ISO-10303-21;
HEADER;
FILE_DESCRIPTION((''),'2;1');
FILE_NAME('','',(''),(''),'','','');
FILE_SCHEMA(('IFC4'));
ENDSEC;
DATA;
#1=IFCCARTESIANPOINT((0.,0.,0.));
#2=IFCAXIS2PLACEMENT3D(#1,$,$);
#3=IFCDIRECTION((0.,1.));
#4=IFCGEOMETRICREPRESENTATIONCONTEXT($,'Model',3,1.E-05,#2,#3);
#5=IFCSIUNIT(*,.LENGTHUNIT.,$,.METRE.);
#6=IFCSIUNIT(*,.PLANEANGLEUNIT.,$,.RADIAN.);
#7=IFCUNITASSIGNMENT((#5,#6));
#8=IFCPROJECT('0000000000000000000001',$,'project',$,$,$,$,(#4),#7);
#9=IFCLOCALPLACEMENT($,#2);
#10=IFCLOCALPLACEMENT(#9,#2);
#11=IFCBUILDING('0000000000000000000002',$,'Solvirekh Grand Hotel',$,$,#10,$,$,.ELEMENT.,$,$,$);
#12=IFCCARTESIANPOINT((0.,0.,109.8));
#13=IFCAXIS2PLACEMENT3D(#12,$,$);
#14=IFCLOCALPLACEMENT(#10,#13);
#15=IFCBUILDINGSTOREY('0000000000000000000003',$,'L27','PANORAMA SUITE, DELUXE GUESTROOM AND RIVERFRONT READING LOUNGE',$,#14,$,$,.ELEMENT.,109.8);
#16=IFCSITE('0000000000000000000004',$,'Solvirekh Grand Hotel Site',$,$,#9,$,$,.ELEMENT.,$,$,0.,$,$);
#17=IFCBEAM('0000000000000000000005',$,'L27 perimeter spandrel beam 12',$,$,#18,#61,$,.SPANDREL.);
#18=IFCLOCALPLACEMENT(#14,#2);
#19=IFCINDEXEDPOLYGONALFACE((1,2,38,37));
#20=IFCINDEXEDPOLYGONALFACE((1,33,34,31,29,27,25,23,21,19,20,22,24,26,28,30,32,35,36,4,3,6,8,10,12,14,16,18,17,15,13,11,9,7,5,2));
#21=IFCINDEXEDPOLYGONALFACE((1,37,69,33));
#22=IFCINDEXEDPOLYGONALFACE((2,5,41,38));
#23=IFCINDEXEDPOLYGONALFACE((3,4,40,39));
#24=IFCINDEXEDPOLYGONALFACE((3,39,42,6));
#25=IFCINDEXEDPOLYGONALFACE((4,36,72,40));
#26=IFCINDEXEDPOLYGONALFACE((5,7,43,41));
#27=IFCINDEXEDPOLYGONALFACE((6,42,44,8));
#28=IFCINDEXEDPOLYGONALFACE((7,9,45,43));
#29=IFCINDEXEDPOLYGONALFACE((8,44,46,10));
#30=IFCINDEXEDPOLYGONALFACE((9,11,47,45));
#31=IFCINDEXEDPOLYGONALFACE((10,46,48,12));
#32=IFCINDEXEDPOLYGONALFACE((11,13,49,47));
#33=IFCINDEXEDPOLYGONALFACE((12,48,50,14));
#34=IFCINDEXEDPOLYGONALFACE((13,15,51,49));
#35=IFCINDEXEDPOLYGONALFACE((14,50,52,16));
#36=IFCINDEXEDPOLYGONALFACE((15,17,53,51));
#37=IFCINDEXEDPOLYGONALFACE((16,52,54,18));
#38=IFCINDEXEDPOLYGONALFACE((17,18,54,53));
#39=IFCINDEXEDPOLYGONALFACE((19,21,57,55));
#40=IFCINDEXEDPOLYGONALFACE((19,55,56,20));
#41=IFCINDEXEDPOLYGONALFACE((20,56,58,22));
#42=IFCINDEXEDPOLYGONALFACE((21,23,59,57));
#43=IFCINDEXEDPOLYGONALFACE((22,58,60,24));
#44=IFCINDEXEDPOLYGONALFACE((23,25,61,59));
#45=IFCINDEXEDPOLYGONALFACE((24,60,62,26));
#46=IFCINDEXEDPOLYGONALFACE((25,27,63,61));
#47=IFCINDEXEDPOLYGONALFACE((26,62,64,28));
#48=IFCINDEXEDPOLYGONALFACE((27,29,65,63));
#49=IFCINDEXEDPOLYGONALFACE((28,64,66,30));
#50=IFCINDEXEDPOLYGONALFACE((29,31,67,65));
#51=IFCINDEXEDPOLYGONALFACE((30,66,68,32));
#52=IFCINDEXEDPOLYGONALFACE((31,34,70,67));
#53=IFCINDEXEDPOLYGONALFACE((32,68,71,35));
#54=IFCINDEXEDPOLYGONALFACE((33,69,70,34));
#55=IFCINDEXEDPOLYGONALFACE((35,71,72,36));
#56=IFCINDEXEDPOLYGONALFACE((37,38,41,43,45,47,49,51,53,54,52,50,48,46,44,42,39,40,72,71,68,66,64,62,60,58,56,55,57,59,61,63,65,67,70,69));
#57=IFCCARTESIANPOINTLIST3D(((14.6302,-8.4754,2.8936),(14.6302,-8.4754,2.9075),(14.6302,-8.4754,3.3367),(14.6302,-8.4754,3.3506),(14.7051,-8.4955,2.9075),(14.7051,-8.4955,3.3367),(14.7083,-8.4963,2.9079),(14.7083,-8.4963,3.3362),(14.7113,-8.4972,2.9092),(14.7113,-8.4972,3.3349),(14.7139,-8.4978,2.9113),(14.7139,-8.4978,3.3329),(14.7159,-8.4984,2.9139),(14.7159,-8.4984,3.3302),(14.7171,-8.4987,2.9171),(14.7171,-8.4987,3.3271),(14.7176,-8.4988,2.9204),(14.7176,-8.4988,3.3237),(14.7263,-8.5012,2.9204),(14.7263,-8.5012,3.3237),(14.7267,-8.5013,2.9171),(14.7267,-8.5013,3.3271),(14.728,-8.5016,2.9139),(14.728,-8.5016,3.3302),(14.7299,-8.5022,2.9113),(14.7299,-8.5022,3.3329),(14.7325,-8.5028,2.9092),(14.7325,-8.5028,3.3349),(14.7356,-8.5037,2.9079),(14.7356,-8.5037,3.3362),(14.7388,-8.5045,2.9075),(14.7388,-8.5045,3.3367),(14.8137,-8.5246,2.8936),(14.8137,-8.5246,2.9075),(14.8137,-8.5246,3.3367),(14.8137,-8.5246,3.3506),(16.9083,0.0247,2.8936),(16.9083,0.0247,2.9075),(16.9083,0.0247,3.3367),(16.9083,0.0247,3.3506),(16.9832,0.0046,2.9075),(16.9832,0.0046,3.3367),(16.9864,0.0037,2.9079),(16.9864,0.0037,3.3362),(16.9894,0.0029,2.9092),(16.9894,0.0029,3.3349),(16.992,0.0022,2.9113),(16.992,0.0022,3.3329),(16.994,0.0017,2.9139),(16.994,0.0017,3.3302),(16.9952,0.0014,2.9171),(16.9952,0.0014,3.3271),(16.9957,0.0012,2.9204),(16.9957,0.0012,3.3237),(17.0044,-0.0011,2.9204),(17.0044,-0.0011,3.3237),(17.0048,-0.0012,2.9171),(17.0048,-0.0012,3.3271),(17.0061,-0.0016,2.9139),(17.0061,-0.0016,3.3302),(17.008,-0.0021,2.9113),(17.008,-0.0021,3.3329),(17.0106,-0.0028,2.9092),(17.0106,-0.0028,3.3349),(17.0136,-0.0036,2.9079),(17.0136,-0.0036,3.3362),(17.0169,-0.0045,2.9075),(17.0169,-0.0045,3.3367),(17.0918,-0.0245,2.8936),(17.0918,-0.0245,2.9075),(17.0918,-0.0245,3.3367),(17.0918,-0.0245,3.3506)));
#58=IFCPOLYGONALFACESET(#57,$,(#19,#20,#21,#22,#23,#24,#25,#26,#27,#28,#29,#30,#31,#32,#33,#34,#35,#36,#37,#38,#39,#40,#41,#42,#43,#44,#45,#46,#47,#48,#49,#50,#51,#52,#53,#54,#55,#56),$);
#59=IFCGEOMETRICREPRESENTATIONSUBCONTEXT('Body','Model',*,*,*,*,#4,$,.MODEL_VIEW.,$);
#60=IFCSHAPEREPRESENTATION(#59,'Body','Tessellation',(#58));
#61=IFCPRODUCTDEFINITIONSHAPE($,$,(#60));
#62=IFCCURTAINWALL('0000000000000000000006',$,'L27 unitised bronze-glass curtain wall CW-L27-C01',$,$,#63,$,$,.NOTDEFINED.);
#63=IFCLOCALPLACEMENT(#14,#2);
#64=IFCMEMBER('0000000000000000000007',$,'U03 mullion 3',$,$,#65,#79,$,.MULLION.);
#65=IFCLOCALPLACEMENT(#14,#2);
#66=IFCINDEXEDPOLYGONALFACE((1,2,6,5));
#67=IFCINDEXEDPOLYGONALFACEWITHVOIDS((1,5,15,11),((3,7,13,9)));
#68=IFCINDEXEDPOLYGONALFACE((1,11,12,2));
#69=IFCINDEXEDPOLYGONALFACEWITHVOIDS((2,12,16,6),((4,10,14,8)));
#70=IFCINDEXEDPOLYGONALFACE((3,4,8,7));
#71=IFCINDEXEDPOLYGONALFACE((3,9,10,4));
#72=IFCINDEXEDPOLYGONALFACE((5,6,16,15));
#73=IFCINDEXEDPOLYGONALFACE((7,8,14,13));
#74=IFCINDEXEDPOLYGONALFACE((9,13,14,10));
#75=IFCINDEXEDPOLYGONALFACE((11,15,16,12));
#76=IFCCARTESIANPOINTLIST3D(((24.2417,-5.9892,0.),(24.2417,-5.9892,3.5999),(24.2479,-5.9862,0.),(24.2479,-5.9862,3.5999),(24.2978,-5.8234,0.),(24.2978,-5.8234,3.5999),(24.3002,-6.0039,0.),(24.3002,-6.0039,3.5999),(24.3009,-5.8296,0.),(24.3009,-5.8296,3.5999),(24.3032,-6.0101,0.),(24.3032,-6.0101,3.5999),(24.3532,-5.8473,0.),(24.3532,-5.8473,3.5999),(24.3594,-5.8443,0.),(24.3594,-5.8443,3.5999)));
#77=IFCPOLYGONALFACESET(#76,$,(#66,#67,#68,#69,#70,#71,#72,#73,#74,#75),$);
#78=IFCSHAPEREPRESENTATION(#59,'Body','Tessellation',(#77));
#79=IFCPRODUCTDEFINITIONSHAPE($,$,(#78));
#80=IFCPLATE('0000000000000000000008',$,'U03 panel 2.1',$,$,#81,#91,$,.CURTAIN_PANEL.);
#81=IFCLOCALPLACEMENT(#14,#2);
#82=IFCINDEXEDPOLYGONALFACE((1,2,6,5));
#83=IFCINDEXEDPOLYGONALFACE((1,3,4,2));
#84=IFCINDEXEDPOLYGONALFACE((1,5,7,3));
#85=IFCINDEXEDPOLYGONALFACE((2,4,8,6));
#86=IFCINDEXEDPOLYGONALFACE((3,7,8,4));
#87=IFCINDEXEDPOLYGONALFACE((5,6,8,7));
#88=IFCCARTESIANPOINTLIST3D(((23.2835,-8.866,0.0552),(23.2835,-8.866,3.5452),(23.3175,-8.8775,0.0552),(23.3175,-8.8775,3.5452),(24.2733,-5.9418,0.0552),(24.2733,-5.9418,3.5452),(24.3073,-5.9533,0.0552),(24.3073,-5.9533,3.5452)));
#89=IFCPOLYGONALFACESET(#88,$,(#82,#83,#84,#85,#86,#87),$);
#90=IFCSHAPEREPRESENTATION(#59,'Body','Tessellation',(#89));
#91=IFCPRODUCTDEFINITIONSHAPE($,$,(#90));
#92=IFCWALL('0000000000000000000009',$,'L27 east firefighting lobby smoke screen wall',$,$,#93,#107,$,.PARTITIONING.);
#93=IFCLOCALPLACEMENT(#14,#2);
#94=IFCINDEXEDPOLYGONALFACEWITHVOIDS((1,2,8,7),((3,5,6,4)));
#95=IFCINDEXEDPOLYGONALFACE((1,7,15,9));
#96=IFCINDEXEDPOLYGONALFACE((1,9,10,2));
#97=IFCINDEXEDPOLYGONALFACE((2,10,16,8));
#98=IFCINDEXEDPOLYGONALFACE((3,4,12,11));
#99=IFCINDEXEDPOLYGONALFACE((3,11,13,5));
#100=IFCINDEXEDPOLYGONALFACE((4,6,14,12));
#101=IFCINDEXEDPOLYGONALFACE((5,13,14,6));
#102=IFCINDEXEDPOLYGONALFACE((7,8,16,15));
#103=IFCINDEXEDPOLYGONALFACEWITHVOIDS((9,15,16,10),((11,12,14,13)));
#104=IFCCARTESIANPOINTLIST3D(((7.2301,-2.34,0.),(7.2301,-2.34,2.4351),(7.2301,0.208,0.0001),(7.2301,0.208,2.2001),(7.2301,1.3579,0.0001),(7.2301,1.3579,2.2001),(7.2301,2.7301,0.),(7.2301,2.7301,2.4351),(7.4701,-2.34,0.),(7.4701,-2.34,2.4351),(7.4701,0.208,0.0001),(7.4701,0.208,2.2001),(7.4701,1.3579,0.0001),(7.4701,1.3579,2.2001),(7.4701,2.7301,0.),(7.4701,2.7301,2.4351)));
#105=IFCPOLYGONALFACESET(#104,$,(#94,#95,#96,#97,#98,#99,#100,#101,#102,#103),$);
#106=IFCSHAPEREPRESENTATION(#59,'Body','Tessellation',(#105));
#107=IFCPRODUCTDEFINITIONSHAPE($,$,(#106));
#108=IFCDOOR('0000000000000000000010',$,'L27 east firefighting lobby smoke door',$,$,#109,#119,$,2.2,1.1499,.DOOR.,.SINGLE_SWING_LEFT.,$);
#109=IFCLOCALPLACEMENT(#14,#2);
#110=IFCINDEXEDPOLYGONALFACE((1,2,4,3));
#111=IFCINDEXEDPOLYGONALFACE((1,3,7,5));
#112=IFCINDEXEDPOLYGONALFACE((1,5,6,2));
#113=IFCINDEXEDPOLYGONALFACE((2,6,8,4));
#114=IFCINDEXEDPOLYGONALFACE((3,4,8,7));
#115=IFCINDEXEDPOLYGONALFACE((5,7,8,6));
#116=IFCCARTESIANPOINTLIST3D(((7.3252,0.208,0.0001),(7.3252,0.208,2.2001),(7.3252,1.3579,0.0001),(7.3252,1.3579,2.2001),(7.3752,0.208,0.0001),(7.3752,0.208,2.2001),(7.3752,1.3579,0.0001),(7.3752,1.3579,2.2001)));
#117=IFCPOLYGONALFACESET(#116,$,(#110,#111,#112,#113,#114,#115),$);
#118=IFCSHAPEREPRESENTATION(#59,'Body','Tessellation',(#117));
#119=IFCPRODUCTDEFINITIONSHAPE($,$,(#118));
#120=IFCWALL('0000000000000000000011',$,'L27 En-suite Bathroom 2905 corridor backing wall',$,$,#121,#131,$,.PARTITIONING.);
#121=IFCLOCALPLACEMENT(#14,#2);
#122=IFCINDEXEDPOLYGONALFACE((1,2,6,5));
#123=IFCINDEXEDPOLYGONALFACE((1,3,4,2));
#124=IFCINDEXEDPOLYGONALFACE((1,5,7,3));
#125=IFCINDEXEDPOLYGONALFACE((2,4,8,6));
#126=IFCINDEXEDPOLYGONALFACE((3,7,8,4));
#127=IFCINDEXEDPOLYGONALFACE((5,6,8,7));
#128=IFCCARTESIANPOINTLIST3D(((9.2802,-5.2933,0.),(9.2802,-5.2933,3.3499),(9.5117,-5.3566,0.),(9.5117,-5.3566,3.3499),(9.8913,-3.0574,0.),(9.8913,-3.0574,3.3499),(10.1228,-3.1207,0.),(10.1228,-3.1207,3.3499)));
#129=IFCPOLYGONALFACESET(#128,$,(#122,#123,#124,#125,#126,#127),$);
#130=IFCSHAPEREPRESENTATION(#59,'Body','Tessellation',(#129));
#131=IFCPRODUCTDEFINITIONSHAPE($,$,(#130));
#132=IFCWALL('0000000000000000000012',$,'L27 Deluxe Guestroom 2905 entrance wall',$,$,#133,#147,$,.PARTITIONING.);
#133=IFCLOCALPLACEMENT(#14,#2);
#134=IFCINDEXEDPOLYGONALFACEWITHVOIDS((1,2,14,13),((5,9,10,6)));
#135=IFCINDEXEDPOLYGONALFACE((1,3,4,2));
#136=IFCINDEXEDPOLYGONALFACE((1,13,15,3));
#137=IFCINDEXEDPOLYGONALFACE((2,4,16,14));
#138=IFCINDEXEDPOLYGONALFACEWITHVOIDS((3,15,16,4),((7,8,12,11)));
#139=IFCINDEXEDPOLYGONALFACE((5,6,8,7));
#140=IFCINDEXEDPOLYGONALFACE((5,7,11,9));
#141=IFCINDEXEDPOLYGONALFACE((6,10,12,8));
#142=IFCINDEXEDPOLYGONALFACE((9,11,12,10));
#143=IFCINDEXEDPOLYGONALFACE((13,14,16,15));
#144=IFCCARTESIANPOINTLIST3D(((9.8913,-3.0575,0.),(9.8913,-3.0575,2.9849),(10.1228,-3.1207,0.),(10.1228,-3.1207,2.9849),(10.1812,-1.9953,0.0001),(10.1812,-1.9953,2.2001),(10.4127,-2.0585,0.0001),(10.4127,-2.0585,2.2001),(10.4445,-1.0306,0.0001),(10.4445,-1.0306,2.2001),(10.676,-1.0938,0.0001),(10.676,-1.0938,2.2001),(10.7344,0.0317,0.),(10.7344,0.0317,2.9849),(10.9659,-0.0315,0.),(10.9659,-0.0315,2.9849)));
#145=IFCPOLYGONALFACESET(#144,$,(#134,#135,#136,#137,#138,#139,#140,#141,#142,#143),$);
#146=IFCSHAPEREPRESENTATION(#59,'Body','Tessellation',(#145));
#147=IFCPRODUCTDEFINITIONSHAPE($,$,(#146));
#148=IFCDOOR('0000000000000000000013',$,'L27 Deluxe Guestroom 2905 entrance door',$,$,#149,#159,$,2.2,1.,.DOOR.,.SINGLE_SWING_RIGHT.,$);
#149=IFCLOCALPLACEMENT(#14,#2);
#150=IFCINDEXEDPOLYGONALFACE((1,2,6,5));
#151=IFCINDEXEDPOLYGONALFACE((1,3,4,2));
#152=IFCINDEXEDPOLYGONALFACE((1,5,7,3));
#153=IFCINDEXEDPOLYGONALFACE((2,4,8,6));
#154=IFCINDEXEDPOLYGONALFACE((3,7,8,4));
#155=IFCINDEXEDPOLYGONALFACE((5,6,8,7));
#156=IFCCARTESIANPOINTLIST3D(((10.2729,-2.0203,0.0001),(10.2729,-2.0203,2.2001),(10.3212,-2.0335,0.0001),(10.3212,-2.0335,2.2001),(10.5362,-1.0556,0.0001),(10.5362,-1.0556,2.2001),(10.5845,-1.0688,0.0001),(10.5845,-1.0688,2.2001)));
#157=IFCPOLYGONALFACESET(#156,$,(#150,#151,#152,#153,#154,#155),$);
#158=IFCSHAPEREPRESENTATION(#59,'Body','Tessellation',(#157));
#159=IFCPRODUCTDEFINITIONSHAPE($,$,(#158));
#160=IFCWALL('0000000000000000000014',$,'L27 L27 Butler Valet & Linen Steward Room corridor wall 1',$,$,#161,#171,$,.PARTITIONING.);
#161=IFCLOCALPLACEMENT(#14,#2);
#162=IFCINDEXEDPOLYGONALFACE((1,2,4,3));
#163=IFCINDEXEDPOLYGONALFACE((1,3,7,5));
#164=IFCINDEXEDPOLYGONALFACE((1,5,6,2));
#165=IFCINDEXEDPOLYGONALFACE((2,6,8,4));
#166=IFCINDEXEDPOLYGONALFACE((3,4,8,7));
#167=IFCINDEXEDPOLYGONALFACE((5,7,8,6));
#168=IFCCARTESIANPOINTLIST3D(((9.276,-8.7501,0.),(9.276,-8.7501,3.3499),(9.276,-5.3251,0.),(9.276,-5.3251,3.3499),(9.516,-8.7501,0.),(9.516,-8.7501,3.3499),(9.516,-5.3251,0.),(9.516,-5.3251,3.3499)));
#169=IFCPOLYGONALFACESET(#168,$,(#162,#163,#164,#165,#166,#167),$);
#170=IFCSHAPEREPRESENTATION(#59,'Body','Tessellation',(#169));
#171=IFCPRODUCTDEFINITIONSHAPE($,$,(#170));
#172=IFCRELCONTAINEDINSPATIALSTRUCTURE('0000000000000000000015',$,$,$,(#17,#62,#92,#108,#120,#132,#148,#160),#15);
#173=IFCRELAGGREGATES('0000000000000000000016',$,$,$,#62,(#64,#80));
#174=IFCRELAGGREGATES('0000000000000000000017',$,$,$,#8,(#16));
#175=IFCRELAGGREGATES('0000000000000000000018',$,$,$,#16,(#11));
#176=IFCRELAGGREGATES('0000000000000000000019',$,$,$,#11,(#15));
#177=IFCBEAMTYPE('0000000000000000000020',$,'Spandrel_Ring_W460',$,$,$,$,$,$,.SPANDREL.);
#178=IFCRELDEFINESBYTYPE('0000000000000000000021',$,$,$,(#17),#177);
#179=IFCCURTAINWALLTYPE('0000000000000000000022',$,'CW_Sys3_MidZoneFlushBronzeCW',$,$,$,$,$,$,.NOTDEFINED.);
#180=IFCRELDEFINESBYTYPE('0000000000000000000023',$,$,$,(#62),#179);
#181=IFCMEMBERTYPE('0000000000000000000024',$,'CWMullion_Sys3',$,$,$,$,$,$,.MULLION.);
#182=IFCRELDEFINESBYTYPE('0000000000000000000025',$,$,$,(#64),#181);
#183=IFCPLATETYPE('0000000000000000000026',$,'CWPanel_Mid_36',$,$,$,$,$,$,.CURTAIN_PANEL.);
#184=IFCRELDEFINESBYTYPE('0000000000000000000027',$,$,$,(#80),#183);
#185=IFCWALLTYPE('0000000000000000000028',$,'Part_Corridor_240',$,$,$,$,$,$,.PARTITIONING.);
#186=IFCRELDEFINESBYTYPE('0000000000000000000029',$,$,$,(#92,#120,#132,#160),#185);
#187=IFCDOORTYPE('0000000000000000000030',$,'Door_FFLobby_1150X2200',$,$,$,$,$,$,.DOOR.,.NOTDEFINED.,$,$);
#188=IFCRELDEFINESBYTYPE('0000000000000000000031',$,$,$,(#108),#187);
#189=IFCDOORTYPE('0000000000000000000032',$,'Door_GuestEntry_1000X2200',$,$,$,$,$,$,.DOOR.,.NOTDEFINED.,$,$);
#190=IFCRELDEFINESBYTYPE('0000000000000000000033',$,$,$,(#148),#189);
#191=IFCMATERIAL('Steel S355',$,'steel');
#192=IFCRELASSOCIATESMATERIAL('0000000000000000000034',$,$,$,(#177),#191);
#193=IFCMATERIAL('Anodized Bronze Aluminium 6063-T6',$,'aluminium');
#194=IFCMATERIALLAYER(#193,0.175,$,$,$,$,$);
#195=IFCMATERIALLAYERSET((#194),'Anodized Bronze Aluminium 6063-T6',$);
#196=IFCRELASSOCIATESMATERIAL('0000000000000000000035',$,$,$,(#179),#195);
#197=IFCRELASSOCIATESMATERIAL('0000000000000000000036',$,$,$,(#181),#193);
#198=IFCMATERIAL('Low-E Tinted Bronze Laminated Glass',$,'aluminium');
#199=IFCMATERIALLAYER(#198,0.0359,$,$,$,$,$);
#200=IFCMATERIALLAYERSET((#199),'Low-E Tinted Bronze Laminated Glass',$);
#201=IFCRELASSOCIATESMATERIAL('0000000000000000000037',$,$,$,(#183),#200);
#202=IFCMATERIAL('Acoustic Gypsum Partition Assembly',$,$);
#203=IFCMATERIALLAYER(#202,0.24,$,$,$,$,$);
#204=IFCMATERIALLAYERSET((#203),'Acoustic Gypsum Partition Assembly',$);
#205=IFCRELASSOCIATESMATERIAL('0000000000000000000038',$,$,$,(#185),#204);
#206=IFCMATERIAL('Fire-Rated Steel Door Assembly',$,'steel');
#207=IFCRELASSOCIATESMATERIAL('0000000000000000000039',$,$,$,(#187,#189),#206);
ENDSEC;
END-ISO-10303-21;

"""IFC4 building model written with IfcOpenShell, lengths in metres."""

from ifc_helpers import new_model, si_unit, direction, frame, frame_2d, origin, origin_2d, place, context, subcontext, project, spatial, rectangle, hollow_rectangle, i_section, extrude, source, transform, mapped, material, layer, layer_set, material_profile, profile_set, type_object, element, fill, aggregate, save


model = new_model("IFC4")

# Units and contexts
model_context = context("Model", 3, precision=1e-05, world=origin(), true_north=direction((0.0, 1.0)))
body_context = subcontext(model_context, "Body", "Model", "MODEL_VIEW")
ifc_project = project(units=[si_unit("LENGTHUNIT", "METRE"), si_unit("PLANEANGLEUNIT", "RADIAN")], contexts=[model_context])

# Site, building, storey
site_placement = place(None, origin())
site = spatial("IfcSite", under=ifc_project, at=site_placement, Name="Solvirekh Grand Hotel Site", CompositionType="ELEMENT", RefElevation=0.0)
building_placement = place(site_placement, origin())
building = spatial("IfcBuilding", under=site, at=building_placement, Name="Solvirekh Grand Hotel", CompositionType="ELEMENT")
storey_placement = place(building_placement, frame((0.0, 0.0, 109.8)))
storey = spatial("IfcBuildingStorey", under=building, at=storey_placement, Name="L27", Description="PANORAMA SUITE, DELUXE GUESTROOM AND RIVERFRONT READING LOUNGE", CompositionType="ELEMENT", Elevation=109.8)

# Beam
ifc_material_1 = material(Name="Steel S355", Category="steel")
ifc_material_profile_1 = material_profile(ifc_material_1, i_section(OverallWidth=0.1899, OverallDepth=0.457, WebThickness=0.009, FlangeThickness=0.0139, FilletRadius=0.0129, at=origin_2d()), Name="W460X74")
ifc_profile_set_1 = profile_set([ifc_material_profile_1], Name="Steel S355")
beam_type_1 = type_object("IfcBeamType", Name="Spandrel_Ring_W460", PredefinedType="SPANDREL", material=ifc_profile_set_1)
beam_1_placement = place(storey_placement, frame((14.7219, -8.5, 3.1221), z_axis=(0.258873, 0.965911, 0.0), x_axis=(-0.965911, 0.258873, 0.0)))
element("IfcBeam", 1, at=beam_1_placement, inside=storey, type_object=beam_type_1, Name="L27 perimeter spandrel beam 12", PredefinedType="SPANDREL", context=body_context, shape_type="SweptSolid", body=[
    extrude(i_section(OverallWidth=0.1899, OverallDepth=0.457, WebThickness=0.009, FlangeThickness=0.0139, FilletRadius=0.0129, at=origin_2d()), origin(), (0.0, 0.0, 1.0), 8.8),
])

# Curtain wall, member, plate
ifc_material_2 = material(Name="Anodized Bronze Aluminium 6063-T6", Category="aluminium")
ifc_layer_1 = layer(ifc_material_2, 0.175)
ifc_layer_set_1 = layer_set([ifc_layer_1], Name="Anodized Bronze Aluminium 6063-T6")
curtain_wall_type = type_object("IfcCurtainWallType", Name="CW_Sys3_MidZoneFlushBronzeCW", PredefinedType="NOTDEFINED", material=ifc_layer_set_1)
curtain_wall_placement = place(storey_placement, origin())
curtain_wall = element("IfcCurtainWall", 2, at=curtain_wall_placement, inside=storey, type_object=curtain_wall_type, Name="L27 unitised bronze-glass curtain wall CW-L27-C01", PredefinedType="NOTDEFINED")
ifc_material_profile_2 = material_profile(ifc_material_2, hollow_rectangle(XDim=0.0649, YDim=0.175, WallThickness=0.0049, at=origin_2d()), Name="ALU RHS 175X65X5")
ifc_profile_set_2 = profile_set([ifc_material_profile_2], Name="Anodized Bronze Aluminium 6063-T6")
member_type = type_object("IfcMemberType", Name="CWMullion_Sys3", PredefinedType="MULLION", material=ifc_profile_set_2)
shared_shape_1 = source(origin(), body_context, "Body", "SweptSolid", [
    extrude(hollow_rectangle(XDim=0.0649, YDim=0.175, WallThickness=0.0049, at=origin_2d()), origin(), (0.0, 0.0, 1.0), 3.5999),
])
member_placement = place(storey_placement, frame((24.3005, -5.9167, 0.0), z_axis=(0.0, 0.0, 1.0), x_axis=(-0.947213, 0.320605, 0.0)))
member = element("IfcMember", 3, at=member_placement, type_object=member_type, Name="U03 mullion 3", PredefinedType="MULLION", context=body_context, shape_type="MappedRepresentation", body=[
    mapped(shared_shape_1, transform((0.0, 0.0, 0.0), x_axis=(1.0, 0.0, 0.0), y_axis=(0.0, 1.0, 0.0), z_axis=(0.0, 0.0, 1.0), scale=1.0)),
])
ifc_material_3 = material(Name="Low-E Tinted Bronze Laminated Glass", Category="aluminium")
ifc_layer_2 = layer(ifc_material_3, 0.0359)
ifc_layer_set_2 = layer_set([ifc_layer_2], Name="Low-E Tinted Bronze Laminated Glass")
plate_type = type_object("IfcPlateType", Name="CWPanel_Mid_36", PredefinedType="CURTAIN_PANEL", material=ifc_layer_set_2)
shared_shape_2 = source(origin(), body_context, "Body", "SweptSolid", [
    extrude(rectangle(XDim=3.0872, YDim=0.0359, at=origin_2d()), origin(), (0.0, 0.0, 1.0), 3.49),
])
plate_placement = place(storey_placement, frame((23.7954, -7.4097, 0.0552), z_axis=(0.0, 0.0, 1.0), x_axis=(0.320605, 0.947213, 0.0)))
plate = element("IfcPlate", 4, at=plate_placement, type_object=plate_type, Name="U03 panel 2.1", PredefinedType="CURTAIN_PANEL", context=body_context, shape_type="MappedRepresentation", body=[
    mapped(shared_shape_2, transform((0.0, 0.0, 0.0), x_axis=(1.0, 0.0, 0.0), y_axis=(0.0, 1.0, 0.0), z_axis=(0.0, 0.0, 1.0), scale=1.0)),
])
aggregate(curtain_wall, [member, plate])

# Wall, opening, door
ifc_material_4 = material(Name="Acoustic Gypsum Partition Assembly")
ifc_layer_3 = layer(ifc_material_4, 0.24)
ifc_layer_set_3 = layer_set([ifc_layer_3], Name="Acoustic Gypsum Partition Assembly")
wall_type_1 = type_object("IfcWallType", Name="Part_Corridor_240", PredefinedType="PARTITIONING", material=ifc_layer_set_3)
wall_1_placement = place(storey_placement, frame((7.3501, -2.3401, 0.0), z_axis=(0.0, 0.0, 1.0), x_axis=(0.0, 1.0, 0.0)))
wall_1 = element("IfcWall", 5, at=wall_1_placement, inside=storey, type_object=wall_type_1, Name="L27 east firefighting lobby smoke screen wall", PredefinedType="PARTITIONING", context=body_context, shape_type="SweptSolid", body=[
    extrude(rectangle(XDim=5.0701, YDim=0.24, at=frame_2d((2.5352, 0.0))), origin(), (0.0, 0.0, 1.0), 2.4351),
])
opening_1_placement = place(wall_1_placement, frame((2.5481, 0.0, 0.0)))
opening_1 = element("IfcOpeningElement", 6, at=opening_1_placement, cuts=wall_1, PredefinedType="OPENING", context=body_context, shape_type="SweptSolid", body=[
    extrude(rectangle(XDim=1.1499, YDim=2.2, at=frame_2d((0.575, 1.1001))), frame((0.0, 0.1299, 0.0), z_axis=(0.0, -1.0, 0.0), x_axis=(1.0, 0.0, 0.0)), (0.0, 0.0, 1.0), 0.26),
])
ifc_material_5 = material(Name="Fire-Rated Steel Door Assembly", Category="steel")
door_type_1 = type_object("IfcDoorType", Name="Door_FFLobby_1150X2200", OperationType="NOTDEFINED", PredefinedType="DOOR", material=ifc_material_5)
door_1_placement = place(opening_1_placement, origin())
door_1 = element("IfcDoor", 7, at=door_1_placement, inside=storey, type_object=door_type_1, Name="L27 east firefighting lobby smoke door", OperationType="SINGLE_SWING_LEFT", OverallHeight=2.2, OverallWidth=1.1499, PredefinedType="DOOR", context=body_context, shape_type="SweptSolid", body=[
    extrude(rectangle(XDim=1.1499, YDim=2.2, at=frame_2d((0.575, 1.1001))), frame((0.0, 0.0249, 0.0), z_axis=(0.0, -1.0, 0.0), x_axis=(1.0, 0.0, 0.0)), (0.0, 0.0, 1.0), 0.05),
])
fill(opening_1, door_1)

# Wall
wall_2_placement = place(storey_placement, frame((9.396, -5.325, 0.0), z_axis=(0.0, 0.0, 1.0), x_axis=(0.263643, 0.96462, 0.0)))
element("IfcWall", 8, at=wall_2_placement, inside=storey, type_object=wall_type_1, Name="L27 En-suite Bathroom 2905 corridor backing wall", PredefinedType="PARTITIONING", context=body_context, shape_type="SweptSolid", body=[
    extrude(rectangle(XDim=2.3179, YDim=0.24, at=frame_2d((1.1589, 0.0))), origin(), (0.0, 0.0, 1.0), 3.3499),
])

# Wall, opening, door
wall_3_placement = place(storey_placement, frame((10.0071, -3.0891, 0.0), z_axis=(0.0, 0.0, 1.0), x_axis=(0.263272, 0.964722, 0.0)))
wall_3 = element("IfcWall", 9, at=wall_3_placement, inside=storey, type_object=wall_type_1, Name="L27 Deluxe Guestroom 2905 entrance wall", PredefinedType="PARTITIONING", context=body_context, shape_type="SweptSolid", body=[
    extrude(rectangle(XDim=3.2021, YDim=0.24, at=frame_2d((1.6011, 0.0))), origin(), (0.0, 0.0, 1.0), 2.9849),
])
opening_2_placement = place(wall_3_placement, frame((1.1011, 0.0, 0.0)))
opening_2 = element("IfcOpeningElement", 10, at=opening_2_placement, cuts=wall_3, PredefinedType="OPENING", context=body_context, shape_type="SweptSolid", body=[
    extrude(rectangle(XDim=1.0, YDim=2.2, at=frame_2d((0.5, 1.1001))), frame((0.0, 0.1299, 0.0), z_axis=(0.0, -1.0, 0.0), x_axis=(1.0, 0.0, 0.0)), (0.0, 0.0, 1.0), 0.26),
])
door_type_2 = type_object("IfcDoorType", Name="Door_GuestEntry_1000X2200", OperationType="NOTDEFINED", PredefinedType="DOOR", material=ifc_material_5)
door_2_placement = place(opening_2_placement, origin())
door_2 = element("IfcDoor", 11, at=door_2_placement, inside=storey, type_object=door_type_2, Name="L27 Deluxe Guestroom 2905 entrance door", OperationType="SINGLE_SWING_RIGHT", OverallHeight=2.2, OverallWidth=1.0, PredefinedType="DOOR", context=body_context, shape_type="SweptSolid", body=[
    extrude(rectangle(XDim=1.0, YDim=2.2, at=frame_2d((0.5, 1.1001))), frame((0.0, 0.0249, 0.0), z_axis=(0.0, -1.0, 0.0), x_axis=(1.0, 0.0, 0.0)), (0.0, 0.0, 1.0), 0.05),
])
fill(opening_2, door_2)

# Wall
wall_4_placement = place(storey_placement, frame((9.396, -8.75, 0.0), z_axis=(0.0, 0.0, 1.0), x_axis=(0.0, 1.0, 0.0)))
element("IfcWall", 12, at=wall_4_placement, inside=storey, type_object=wall_type_1, Name="L27 L27 Butler Valet & Linen Steward Room corridor wall 1", PredefinedType="PARTITIONING", context=body_context, shape_type="SweptSolid", body=[
    extrude(rectangle(XDim=3.425, YDim=0.24, at=frame_2d((1.7124, 0.0))), origin(), (0.0, 0.0, 1.0), 3.3499),
])

save(model, "model.ifc")
